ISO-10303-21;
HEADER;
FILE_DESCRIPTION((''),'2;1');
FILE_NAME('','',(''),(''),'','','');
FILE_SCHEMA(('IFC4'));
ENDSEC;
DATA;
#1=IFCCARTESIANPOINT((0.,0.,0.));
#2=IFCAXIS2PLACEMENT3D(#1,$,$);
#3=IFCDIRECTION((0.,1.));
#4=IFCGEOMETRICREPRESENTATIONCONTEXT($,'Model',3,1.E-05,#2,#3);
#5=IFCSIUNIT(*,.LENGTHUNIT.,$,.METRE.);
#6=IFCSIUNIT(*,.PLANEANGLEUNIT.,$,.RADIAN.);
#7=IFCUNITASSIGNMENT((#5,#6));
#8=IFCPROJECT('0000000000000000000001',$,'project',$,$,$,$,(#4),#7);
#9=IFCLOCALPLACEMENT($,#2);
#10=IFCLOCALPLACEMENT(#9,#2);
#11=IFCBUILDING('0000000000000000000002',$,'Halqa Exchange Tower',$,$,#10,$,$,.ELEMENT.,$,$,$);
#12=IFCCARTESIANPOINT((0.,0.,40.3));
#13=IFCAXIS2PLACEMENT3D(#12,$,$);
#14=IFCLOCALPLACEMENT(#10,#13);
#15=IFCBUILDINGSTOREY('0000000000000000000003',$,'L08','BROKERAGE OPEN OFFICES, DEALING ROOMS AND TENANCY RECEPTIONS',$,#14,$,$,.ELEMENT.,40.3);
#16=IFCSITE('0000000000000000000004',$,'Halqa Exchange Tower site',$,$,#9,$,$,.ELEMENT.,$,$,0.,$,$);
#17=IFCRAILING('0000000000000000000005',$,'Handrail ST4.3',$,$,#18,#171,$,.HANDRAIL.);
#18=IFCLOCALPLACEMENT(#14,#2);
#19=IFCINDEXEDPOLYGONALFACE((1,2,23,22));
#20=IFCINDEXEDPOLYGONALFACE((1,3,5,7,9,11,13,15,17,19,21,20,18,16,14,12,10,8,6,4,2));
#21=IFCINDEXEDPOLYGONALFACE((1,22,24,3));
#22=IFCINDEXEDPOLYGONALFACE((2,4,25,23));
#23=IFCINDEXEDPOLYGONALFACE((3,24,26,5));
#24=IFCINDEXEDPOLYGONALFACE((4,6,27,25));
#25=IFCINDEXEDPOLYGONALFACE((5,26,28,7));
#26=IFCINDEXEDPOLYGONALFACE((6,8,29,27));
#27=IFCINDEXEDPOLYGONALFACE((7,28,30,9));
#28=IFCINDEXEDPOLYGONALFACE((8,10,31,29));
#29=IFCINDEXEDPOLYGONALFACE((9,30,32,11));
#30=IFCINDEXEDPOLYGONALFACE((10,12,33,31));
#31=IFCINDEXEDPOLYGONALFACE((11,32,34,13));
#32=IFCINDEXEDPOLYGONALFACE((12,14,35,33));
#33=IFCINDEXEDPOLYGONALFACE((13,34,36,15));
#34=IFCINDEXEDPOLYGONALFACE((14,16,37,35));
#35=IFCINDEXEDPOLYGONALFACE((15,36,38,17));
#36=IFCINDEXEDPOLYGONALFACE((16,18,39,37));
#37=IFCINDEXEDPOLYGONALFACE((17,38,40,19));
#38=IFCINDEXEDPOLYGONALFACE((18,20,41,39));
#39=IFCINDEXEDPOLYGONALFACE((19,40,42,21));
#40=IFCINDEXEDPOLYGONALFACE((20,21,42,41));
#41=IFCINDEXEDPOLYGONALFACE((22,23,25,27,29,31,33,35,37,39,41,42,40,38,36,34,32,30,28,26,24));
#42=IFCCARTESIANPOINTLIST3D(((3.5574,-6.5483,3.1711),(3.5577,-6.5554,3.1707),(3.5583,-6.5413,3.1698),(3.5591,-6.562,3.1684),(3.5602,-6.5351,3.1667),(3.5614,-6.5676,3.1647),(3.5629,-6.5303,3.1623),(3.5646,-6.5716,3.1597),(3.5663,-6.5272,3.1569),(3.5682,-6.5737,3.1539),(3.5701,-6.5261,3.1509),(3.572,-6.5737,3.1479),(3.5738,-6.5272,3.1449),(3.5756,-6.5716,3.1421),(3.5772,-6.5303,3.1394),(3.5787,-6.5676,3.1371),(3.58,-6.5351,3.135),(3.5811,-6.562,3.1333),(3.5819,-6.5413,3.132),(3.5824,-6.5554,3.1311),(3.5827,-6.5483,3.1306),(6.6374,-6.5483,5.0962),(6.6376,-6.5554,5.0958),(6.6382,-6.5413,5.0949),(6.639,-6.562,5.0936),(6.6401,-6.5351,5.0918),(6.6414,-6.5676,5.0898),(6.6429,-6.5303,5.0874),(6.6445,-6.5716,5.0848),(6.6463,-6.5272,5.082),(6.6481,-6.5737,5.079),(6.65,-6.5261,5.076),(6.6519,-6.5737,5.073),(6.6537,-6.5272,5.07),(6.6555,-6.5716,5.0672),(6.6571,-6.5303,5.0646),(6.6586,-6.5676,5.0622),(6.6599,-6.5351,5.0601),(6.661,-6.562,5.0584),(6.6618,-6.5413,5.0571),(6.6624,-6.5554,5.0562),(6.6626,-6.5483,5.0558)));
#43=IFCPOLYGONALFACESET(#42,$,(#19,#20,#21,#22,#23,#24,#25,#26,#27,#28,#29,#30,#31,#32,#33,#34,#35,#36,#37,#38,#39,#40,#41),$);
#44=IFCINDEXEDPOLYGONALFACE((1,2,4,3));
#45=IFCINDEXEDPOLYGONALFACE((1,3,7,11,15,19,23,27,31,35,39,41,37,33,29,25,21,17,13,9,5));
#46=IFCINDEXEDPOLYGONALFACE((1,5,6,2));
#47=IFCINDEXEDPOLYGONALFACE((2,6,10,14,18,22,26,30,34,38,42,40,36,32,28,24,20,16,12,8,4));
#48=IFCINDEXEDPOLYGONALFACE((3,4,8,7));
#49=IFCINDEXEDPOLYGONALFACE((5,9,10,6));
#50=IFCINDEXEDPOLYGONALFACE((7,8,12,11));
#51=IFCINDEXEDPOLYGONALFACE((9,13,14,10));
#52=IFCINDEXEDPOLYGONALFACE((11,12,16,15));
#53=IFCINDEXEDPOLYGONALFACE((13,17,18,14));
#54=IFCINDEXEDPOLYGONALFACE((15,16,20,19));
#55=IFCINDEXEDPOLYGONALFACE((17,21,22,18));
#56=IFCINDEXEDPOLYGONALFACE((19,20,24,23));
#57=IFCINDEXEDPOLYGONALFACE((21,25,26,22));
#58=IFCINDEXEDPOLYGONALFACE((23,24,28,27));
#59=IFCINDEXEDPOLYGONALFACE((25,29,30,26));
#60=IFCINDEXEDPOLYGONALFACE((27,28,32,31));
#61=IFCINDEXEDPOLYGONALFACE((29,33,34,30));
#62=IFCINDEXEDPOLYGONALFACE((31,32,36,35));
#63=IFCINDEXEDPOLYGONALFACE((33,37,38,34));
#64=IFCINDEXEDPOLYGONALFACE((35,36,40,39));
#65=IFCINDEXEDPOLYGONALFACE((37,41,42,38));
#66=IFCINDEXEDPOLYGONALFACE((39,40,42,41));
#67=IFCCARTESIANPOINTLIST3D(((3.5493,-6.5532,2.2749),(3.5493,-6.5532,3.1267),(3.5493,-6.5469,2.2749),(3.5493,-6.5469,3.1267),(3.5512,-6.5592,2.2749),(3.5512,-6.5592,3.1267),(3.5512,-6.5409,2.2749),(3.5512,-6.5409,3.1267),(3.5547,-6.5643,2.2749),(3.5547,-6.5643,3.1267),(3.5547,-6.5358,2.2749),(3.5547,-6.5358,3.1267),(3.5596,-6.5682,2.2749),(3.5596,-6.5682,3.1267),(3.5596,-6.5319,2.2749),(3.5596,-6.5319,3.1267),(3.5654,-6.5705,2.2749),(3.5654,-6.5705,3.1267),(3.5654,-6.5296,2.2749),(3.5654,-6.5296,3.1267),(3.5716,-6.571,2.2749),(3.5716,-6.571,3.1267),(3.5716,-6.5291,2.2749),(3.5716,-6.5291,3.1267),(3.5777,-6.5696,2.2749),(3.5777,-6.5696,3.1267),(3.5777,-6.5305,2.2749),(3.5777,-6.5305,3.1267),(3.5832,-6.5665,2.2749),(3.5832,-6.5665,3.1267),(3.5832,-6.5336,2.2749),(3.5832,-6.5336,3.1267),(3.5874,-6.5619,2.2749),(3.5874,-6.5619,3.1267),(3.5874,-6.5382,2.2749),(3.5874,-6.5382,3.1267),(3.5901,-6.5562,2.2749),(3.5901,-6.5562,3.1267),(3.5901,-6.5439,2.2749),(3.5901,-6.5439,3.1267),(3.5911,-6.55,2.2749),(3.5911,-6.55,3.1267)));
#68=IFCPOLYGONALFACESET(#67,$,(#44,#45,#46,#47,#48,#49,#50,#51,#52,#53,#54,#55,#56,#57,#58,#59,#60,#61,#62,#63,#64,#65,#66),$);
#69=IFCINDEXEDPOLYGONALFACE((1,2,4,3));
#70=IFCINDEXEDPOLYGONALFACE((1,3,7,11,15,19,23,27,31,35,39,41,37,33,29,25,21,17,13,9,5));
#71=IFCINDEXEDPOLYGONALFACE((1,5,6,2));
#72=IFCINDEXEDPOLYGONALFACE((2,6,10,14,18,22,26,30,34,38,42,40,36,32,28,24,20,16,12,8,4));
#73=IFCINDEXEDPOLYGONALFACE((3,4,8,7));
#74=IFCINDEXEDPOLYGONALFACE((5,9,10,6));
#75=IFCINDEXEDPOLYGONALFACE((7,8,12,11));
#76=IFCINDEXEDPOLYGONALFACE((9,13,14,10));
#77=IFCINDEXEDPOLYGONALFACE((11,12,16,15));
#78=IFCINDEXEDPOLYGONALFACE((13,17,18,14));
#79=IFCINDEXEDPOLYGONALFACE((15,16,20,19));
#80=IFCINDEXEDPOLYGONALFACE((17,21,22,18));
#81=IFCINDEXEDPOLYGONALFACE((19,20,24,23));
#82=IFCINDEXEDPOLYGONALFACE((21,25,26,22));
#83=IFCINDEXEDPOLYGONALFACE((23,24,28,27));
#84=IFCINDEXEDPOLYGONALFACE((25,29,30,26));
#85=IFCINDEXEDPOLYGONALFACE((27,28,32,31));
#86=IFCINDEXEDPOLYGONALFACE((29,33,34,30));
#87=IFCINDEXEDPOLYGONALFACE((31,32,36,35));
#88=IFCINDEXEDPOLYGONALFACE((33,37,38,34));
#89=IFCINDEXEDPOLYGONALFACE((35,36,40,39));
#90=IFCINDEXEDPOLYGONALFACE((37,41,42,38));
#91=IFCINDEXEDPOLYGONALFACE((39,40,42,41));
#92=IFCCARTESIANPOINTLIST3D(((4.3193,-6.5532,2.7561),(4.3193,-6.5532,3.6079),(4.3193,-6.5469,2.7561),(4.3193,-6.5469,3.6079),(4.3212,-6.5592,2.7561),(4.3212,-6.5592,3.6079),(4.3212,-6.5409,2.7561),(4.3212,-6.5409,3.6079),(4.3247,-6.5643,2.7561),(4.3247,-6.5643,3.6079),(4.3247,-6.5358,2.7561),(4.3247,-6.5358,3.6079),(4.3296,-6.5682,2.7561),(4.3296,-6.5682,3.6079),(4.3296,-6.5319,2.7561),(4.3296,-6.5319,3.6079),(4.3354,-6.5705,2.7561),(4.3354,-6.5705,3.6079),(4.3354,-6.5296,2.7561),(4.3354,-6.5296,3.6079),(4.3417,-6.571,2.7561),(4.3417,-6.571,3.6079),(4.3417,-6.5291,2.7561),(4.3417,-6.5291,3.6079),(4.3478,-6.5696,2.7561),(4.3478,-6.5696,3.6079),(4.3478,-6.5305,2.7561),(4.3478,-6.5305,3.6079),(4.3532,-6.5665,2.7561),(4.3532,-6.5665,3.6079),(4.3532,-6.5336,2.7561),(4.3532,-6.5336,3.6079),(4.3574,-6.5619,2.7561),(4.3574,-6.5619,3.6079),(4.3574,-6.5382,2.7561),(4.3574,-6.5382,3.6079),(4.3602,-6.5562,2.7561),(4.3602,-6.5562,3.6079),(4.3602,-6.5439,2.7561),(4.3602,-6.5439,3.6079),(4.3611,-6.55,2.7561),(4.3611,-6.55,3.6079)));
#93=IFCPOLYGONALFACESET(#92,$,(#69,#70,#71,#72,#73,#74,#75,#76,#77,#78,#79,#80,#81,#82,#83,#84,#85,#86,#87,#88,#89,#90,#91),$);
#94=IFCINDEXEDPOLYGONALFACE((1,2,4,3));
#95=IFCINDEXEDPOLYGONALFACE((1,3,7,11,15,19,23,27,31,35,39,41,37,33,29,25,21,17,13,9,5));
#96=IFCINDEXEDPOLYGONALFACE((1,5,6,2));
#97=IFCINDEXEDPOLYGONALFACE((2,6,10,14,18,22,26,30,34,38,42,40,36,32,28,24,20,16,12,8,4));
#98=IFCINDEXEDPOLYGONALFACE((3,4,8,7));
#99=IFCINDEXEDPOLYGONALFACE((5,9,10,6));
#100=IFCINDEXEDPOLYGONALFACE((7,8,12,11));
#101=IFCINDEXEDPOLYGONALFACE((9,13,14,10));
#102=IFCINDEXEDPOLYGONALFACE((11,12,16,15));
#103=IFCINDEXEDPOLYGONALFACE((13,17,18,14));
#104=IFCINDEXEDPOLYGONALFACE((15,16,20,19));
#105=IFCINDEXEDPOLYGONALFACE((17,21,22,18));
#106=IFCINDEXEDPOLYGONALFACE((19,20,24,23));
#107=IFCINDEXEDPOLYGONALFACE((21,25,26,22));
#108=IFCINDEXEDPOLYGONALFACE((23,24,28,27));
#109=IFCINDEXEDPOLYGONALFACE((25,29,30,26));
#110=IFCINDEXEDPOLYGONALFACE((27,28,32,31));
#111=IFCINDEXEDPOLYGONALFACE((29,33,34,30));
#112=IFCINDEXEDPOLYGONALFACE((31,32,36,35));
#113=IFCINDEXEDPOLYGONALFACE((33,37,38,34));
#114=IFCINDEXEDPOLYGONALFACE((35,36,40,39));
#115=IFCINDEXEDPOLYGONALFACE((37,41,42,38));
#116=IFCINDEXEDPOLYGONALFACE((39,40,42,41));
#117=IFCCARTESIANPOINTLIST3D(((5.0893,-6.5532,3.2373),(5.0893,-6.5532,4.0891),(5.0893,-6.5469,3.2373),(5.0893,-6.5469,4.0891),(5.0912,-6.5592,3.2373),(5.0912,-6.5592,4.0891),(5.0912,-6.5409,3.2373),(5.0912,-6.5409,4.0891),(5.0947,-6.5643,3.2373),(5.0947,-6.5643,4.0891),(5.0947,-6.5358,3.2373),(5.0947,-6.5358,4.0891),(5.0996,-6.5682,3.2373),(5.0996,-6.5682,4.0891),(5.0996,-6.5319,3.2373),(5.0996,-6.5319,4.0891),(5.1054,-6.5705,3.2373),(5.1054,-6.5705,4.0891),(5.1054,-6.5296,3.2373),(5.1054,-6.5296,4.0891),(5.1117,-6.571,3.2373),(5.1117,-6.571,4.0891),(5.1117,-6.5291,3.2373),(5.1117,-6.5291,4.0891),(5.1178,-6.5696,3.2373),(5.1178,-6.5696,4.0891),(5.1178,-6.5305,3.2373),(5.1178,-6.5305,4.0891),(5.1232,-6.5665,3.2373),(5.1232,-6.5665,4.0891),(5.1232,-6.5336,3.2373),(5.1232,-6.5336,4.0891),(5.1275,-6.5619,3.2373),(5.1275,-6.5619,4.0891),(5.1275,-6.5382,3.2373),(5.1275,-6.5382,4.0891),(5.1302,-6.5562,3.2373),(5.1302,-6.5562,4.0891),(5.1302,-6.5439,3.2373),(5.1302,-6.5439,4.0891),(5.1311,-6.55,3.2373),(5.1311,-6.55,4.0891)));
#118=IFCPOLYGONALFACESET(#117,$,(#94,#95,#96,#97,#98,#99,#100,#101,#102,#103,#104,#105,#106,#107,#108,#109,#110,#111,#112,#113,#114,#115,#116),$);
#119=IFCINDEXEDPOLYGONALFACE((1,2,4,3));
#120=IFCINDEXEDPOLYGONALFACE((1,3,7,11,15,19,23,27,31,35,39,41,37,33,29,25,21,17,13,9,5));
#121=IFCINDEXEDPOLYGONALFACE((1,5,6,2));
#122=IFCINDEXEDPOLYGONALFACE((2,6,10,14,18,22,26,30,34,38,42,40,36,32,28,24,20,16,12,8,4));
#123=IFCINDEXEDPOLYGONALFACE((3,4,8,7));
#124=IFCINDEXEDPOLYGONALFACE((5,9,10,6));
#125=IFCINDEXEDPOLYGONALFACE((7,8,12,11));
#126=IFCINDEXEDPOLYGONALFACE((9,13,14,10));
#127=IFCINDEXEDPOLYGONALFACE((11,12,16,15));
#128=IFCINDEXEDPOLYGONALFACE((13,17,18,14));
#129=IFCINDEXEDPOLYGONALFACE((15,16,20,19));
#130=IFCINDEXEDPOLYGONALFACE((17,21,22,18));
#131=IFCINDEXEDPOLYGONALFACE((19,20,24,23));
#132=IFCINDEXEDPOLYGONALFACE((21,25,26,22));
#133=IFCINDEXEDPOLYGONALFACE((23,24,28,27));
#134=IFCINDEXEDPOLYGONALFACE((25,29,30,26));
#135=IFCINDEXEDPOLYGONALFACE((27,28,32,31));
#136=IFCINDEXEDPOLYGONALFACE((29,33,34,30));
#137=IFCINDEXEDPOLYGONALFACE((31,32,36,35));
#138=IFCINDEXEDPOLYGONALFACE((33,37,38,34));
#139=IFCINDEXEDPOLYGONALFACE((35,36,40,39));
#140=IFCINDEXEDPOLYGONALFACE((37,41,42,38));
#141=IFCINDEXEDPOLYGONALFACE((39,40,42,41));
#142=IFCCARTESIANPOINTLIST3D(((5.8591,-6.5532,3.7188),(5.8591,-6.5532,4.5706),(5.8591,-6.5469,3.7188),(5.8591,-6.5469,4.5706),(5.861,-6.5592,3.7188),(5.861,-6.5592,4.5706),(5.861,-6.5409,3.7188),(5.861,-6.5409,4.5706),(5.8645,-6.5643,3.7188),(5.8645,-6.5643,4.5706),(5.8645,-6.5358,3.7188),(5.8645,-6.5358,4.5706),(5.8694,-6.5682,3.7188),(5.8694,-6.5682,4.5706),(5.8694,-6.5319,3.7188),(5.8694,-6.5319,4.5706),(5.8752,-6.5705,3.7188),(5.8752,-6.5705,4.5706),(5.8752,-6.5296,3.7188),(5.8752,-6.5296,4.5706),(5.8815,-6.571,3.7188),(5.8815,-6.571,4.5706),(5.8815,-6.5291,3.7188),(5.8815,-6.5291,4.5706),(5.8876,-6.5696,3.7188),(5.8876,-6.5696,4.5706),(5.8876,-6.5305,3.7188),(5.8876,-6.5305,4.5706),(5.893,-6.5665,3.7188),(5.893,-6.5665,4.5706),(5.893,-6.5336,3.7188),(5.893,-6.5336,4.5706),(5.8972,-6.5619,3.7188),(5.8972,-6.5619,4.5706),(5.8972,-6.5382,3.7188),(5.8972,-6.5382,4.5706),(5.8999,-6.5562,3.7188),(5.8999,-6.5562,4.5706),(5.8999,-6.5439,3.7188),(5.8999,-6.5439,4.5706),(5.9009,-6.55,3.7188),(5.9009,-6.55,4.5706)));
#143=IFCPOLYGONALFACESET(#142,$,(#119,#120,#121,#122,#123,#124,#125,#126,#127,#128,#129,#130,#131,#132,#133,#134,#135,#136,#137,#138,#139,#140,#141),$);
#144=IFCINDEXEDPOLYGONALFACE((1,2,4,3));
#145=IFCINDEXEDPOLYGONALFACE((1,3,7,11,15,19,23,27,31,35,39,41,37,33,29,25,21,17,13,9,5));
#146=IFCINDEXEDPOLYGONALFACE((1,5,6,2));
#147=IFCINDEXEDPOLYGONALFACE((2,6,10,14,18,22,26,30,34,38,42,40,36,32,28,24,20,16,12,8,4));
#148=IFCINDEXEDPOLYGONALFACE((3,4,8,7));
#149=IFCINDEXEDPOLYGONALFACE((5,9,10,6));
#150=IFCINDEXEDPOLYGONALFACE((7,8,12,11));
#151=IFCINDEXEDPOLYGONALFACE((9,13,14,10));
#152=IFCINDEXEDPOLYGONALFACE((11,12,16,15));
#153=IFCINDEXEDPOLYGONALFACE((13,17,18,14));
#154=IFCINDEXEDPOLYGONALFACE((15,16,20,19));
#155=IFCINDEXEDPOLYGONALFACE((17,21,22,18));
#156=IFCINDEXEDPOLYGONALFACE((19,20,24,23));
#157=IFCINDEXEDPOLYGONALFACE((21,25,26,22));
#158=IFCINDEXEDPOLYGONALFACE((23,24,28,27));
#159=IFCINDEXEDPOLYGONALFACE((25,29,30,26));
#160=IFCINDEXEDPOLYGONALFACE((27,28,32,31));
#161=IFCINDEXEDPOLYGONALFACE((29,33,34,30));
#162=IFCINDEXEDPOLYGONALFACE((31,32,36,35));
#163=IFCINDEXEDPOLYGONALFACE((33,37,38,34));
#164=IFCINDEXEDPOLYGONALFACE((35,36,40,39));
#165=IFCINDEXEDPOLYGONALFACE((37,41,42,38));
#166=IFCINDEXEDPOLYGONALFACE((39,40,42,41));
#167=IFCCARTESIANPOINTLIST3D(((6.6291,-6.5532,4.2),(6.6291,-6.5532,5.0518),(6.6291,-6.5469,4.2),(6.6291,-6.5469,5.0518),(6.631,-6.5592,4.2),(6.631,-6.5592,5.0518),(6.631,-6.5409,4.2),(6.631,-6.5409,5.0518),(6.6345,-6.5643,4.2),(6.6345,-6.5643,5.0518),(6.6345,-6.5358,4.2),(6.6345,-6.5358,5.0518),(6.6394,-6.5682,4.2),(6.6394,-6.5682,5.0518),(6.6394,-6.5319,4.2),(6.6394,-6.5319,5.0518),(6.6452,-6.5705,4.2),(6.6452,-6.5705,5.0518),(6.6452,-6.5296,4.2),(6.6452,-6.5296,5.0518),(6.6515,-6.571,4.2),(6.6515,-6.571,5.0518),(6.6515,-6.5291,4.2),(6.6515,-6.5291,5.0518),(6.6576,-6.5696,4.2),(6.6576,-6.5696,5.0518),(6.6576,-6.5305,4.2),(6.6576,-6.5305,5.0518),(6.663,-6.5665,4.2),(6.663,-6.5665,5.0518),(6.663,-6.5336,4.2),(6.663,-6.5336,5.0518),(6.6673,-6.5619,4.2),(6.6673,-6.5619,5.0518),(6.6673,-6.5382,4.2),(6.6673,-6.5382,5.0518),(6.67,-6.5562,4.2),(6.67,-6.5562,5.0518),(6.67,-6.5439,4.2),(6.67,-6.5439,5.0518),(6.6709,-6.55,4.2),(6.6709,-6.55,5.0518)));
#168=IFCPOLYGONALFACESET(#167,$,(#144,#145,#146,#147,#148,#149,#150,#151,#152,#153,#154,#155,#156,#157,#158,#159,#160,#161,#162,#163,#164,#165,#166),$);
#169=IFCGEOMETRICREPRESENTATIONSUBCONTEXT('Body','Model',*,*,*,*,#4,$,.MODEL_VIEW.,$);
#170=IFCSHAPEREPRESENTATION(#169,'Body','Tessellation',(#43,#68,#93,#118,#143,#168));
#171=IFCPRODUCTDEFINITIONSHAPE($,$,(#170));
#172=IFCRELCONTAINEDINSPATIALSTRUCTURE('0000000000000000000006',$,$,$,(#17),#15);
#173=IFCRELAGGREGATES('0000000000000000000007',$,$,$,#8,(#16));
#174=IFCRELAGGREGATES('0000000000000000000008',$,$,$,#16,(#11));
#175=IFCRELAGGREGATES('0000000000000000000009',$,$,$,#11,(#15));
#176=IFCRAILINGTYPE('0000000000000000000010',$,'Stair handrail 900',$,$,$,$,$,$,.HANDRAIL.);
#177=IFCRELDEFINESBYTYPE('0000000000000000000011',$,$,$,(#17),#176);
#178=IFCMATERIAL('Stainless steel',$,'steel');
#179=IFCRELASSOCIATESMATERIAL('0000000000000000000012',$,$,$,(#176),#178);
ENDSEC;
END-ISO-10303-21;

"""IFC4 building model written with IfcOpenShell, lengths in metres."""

from ifc_helpers import new_model, si_unit, direction, frame, origin, origin_2d, place, context, subcontext, project, spatial, circle, extrude, material, type_object, element, save


model = new_model("IFC4")

# Units and contexts
model_context = context("Model", 3, precision=1e-05, world=origin(), true_north=direction((0.0, 1.0)))
body_context = subcontext(model_context, "Body", "Model", "MODEL_VIEW")
ifc_project = project(units=[si_unit("LENGTHUNIT", "METRE"), si_unit("PLANEANGLEUNIT", "RADIAN")], contexts=[model_context])

# Site, building, storey
site_placement = place(None, origin())
site = spatial("IfcSite", under=ifc_project, at=site_placement, Name="Halqa Exchange Tower site", CompositionType="ELEMENT", RefElevation=0.0)
building_placement = place(site_placement, origin())
building = spatial("IfcBuilding", under=site, at=building_placement, Name="Halqa Exchange Tower", CompositionType="ELEMENT")
storey_placement = place(building_placement, frame((0.0, 0.0, 40.3)))
storey = spatial("IfcBuildingStorey", under=building, at=storey_placement, Name="L08", Description="BROKERAGE OPEN OFFICES, DEALING ROOMS AND TENANCY RECEPTIONS", CompositionType="ELEMENT", Elevation=40.3)

# Railing
ifc_material_1 = material(Name="Stainless steel", Category="steel")
railing_type_1 = type_object("IfcRailingType", Name="Stair handrail 900", PredefinedType="HANDRAIL", material=ifc_material_1)
railing_1_placement = place(storey_placement, frame((3.5701, -6.55, 2.2749)))
element("IfcRailing", 1, at=railing_1_placement, inside=storey, type_object=railing_type_1, Name="Handrail ST4.3", PredefinedType="HANDRAIL", context=body_context, shape_type="SweptSolid", body=[
    extrude(circle(Radius=0.0239, at=origin_2d()), frame((0.0, 0.0, 0.876), z_axis=(0.847979, 0.0, 0.530029), x_axis=(0.0, 1.0, 0.0)), (0.0, 0.0, 1.0), 3.6321),
    extrude(circle(Radius=0.021, at=origin_2d()), origin(), (0.0, 0.0, 1.0), 0.8518),
    extrude(circle(Radius=0.021, at=origin_2d()), frame((0.77, 0.0, 0.4812)), (0.0, 0.0, 1.0), 0.8518),
    extrude(circle(Radius=0.021, at=origin_2d()), frame((1.54, 0.0, 0.9624)), (0.0, 0.0, 1.0), 0.8518),
    extrude(circle(Radius=0.021, at=origin_2d()), frame((2.3098, 0.0, 1.4438)), (0.0, 0.0, 1.0), 0.8518),
    extrude(circle(Radius=0.021, at=origin_2d()), frame((3.0798, 0.0, 1.925)), (0.0, 0.0, 1.0), 0.8518),
])

save(model, "model.ifc")
